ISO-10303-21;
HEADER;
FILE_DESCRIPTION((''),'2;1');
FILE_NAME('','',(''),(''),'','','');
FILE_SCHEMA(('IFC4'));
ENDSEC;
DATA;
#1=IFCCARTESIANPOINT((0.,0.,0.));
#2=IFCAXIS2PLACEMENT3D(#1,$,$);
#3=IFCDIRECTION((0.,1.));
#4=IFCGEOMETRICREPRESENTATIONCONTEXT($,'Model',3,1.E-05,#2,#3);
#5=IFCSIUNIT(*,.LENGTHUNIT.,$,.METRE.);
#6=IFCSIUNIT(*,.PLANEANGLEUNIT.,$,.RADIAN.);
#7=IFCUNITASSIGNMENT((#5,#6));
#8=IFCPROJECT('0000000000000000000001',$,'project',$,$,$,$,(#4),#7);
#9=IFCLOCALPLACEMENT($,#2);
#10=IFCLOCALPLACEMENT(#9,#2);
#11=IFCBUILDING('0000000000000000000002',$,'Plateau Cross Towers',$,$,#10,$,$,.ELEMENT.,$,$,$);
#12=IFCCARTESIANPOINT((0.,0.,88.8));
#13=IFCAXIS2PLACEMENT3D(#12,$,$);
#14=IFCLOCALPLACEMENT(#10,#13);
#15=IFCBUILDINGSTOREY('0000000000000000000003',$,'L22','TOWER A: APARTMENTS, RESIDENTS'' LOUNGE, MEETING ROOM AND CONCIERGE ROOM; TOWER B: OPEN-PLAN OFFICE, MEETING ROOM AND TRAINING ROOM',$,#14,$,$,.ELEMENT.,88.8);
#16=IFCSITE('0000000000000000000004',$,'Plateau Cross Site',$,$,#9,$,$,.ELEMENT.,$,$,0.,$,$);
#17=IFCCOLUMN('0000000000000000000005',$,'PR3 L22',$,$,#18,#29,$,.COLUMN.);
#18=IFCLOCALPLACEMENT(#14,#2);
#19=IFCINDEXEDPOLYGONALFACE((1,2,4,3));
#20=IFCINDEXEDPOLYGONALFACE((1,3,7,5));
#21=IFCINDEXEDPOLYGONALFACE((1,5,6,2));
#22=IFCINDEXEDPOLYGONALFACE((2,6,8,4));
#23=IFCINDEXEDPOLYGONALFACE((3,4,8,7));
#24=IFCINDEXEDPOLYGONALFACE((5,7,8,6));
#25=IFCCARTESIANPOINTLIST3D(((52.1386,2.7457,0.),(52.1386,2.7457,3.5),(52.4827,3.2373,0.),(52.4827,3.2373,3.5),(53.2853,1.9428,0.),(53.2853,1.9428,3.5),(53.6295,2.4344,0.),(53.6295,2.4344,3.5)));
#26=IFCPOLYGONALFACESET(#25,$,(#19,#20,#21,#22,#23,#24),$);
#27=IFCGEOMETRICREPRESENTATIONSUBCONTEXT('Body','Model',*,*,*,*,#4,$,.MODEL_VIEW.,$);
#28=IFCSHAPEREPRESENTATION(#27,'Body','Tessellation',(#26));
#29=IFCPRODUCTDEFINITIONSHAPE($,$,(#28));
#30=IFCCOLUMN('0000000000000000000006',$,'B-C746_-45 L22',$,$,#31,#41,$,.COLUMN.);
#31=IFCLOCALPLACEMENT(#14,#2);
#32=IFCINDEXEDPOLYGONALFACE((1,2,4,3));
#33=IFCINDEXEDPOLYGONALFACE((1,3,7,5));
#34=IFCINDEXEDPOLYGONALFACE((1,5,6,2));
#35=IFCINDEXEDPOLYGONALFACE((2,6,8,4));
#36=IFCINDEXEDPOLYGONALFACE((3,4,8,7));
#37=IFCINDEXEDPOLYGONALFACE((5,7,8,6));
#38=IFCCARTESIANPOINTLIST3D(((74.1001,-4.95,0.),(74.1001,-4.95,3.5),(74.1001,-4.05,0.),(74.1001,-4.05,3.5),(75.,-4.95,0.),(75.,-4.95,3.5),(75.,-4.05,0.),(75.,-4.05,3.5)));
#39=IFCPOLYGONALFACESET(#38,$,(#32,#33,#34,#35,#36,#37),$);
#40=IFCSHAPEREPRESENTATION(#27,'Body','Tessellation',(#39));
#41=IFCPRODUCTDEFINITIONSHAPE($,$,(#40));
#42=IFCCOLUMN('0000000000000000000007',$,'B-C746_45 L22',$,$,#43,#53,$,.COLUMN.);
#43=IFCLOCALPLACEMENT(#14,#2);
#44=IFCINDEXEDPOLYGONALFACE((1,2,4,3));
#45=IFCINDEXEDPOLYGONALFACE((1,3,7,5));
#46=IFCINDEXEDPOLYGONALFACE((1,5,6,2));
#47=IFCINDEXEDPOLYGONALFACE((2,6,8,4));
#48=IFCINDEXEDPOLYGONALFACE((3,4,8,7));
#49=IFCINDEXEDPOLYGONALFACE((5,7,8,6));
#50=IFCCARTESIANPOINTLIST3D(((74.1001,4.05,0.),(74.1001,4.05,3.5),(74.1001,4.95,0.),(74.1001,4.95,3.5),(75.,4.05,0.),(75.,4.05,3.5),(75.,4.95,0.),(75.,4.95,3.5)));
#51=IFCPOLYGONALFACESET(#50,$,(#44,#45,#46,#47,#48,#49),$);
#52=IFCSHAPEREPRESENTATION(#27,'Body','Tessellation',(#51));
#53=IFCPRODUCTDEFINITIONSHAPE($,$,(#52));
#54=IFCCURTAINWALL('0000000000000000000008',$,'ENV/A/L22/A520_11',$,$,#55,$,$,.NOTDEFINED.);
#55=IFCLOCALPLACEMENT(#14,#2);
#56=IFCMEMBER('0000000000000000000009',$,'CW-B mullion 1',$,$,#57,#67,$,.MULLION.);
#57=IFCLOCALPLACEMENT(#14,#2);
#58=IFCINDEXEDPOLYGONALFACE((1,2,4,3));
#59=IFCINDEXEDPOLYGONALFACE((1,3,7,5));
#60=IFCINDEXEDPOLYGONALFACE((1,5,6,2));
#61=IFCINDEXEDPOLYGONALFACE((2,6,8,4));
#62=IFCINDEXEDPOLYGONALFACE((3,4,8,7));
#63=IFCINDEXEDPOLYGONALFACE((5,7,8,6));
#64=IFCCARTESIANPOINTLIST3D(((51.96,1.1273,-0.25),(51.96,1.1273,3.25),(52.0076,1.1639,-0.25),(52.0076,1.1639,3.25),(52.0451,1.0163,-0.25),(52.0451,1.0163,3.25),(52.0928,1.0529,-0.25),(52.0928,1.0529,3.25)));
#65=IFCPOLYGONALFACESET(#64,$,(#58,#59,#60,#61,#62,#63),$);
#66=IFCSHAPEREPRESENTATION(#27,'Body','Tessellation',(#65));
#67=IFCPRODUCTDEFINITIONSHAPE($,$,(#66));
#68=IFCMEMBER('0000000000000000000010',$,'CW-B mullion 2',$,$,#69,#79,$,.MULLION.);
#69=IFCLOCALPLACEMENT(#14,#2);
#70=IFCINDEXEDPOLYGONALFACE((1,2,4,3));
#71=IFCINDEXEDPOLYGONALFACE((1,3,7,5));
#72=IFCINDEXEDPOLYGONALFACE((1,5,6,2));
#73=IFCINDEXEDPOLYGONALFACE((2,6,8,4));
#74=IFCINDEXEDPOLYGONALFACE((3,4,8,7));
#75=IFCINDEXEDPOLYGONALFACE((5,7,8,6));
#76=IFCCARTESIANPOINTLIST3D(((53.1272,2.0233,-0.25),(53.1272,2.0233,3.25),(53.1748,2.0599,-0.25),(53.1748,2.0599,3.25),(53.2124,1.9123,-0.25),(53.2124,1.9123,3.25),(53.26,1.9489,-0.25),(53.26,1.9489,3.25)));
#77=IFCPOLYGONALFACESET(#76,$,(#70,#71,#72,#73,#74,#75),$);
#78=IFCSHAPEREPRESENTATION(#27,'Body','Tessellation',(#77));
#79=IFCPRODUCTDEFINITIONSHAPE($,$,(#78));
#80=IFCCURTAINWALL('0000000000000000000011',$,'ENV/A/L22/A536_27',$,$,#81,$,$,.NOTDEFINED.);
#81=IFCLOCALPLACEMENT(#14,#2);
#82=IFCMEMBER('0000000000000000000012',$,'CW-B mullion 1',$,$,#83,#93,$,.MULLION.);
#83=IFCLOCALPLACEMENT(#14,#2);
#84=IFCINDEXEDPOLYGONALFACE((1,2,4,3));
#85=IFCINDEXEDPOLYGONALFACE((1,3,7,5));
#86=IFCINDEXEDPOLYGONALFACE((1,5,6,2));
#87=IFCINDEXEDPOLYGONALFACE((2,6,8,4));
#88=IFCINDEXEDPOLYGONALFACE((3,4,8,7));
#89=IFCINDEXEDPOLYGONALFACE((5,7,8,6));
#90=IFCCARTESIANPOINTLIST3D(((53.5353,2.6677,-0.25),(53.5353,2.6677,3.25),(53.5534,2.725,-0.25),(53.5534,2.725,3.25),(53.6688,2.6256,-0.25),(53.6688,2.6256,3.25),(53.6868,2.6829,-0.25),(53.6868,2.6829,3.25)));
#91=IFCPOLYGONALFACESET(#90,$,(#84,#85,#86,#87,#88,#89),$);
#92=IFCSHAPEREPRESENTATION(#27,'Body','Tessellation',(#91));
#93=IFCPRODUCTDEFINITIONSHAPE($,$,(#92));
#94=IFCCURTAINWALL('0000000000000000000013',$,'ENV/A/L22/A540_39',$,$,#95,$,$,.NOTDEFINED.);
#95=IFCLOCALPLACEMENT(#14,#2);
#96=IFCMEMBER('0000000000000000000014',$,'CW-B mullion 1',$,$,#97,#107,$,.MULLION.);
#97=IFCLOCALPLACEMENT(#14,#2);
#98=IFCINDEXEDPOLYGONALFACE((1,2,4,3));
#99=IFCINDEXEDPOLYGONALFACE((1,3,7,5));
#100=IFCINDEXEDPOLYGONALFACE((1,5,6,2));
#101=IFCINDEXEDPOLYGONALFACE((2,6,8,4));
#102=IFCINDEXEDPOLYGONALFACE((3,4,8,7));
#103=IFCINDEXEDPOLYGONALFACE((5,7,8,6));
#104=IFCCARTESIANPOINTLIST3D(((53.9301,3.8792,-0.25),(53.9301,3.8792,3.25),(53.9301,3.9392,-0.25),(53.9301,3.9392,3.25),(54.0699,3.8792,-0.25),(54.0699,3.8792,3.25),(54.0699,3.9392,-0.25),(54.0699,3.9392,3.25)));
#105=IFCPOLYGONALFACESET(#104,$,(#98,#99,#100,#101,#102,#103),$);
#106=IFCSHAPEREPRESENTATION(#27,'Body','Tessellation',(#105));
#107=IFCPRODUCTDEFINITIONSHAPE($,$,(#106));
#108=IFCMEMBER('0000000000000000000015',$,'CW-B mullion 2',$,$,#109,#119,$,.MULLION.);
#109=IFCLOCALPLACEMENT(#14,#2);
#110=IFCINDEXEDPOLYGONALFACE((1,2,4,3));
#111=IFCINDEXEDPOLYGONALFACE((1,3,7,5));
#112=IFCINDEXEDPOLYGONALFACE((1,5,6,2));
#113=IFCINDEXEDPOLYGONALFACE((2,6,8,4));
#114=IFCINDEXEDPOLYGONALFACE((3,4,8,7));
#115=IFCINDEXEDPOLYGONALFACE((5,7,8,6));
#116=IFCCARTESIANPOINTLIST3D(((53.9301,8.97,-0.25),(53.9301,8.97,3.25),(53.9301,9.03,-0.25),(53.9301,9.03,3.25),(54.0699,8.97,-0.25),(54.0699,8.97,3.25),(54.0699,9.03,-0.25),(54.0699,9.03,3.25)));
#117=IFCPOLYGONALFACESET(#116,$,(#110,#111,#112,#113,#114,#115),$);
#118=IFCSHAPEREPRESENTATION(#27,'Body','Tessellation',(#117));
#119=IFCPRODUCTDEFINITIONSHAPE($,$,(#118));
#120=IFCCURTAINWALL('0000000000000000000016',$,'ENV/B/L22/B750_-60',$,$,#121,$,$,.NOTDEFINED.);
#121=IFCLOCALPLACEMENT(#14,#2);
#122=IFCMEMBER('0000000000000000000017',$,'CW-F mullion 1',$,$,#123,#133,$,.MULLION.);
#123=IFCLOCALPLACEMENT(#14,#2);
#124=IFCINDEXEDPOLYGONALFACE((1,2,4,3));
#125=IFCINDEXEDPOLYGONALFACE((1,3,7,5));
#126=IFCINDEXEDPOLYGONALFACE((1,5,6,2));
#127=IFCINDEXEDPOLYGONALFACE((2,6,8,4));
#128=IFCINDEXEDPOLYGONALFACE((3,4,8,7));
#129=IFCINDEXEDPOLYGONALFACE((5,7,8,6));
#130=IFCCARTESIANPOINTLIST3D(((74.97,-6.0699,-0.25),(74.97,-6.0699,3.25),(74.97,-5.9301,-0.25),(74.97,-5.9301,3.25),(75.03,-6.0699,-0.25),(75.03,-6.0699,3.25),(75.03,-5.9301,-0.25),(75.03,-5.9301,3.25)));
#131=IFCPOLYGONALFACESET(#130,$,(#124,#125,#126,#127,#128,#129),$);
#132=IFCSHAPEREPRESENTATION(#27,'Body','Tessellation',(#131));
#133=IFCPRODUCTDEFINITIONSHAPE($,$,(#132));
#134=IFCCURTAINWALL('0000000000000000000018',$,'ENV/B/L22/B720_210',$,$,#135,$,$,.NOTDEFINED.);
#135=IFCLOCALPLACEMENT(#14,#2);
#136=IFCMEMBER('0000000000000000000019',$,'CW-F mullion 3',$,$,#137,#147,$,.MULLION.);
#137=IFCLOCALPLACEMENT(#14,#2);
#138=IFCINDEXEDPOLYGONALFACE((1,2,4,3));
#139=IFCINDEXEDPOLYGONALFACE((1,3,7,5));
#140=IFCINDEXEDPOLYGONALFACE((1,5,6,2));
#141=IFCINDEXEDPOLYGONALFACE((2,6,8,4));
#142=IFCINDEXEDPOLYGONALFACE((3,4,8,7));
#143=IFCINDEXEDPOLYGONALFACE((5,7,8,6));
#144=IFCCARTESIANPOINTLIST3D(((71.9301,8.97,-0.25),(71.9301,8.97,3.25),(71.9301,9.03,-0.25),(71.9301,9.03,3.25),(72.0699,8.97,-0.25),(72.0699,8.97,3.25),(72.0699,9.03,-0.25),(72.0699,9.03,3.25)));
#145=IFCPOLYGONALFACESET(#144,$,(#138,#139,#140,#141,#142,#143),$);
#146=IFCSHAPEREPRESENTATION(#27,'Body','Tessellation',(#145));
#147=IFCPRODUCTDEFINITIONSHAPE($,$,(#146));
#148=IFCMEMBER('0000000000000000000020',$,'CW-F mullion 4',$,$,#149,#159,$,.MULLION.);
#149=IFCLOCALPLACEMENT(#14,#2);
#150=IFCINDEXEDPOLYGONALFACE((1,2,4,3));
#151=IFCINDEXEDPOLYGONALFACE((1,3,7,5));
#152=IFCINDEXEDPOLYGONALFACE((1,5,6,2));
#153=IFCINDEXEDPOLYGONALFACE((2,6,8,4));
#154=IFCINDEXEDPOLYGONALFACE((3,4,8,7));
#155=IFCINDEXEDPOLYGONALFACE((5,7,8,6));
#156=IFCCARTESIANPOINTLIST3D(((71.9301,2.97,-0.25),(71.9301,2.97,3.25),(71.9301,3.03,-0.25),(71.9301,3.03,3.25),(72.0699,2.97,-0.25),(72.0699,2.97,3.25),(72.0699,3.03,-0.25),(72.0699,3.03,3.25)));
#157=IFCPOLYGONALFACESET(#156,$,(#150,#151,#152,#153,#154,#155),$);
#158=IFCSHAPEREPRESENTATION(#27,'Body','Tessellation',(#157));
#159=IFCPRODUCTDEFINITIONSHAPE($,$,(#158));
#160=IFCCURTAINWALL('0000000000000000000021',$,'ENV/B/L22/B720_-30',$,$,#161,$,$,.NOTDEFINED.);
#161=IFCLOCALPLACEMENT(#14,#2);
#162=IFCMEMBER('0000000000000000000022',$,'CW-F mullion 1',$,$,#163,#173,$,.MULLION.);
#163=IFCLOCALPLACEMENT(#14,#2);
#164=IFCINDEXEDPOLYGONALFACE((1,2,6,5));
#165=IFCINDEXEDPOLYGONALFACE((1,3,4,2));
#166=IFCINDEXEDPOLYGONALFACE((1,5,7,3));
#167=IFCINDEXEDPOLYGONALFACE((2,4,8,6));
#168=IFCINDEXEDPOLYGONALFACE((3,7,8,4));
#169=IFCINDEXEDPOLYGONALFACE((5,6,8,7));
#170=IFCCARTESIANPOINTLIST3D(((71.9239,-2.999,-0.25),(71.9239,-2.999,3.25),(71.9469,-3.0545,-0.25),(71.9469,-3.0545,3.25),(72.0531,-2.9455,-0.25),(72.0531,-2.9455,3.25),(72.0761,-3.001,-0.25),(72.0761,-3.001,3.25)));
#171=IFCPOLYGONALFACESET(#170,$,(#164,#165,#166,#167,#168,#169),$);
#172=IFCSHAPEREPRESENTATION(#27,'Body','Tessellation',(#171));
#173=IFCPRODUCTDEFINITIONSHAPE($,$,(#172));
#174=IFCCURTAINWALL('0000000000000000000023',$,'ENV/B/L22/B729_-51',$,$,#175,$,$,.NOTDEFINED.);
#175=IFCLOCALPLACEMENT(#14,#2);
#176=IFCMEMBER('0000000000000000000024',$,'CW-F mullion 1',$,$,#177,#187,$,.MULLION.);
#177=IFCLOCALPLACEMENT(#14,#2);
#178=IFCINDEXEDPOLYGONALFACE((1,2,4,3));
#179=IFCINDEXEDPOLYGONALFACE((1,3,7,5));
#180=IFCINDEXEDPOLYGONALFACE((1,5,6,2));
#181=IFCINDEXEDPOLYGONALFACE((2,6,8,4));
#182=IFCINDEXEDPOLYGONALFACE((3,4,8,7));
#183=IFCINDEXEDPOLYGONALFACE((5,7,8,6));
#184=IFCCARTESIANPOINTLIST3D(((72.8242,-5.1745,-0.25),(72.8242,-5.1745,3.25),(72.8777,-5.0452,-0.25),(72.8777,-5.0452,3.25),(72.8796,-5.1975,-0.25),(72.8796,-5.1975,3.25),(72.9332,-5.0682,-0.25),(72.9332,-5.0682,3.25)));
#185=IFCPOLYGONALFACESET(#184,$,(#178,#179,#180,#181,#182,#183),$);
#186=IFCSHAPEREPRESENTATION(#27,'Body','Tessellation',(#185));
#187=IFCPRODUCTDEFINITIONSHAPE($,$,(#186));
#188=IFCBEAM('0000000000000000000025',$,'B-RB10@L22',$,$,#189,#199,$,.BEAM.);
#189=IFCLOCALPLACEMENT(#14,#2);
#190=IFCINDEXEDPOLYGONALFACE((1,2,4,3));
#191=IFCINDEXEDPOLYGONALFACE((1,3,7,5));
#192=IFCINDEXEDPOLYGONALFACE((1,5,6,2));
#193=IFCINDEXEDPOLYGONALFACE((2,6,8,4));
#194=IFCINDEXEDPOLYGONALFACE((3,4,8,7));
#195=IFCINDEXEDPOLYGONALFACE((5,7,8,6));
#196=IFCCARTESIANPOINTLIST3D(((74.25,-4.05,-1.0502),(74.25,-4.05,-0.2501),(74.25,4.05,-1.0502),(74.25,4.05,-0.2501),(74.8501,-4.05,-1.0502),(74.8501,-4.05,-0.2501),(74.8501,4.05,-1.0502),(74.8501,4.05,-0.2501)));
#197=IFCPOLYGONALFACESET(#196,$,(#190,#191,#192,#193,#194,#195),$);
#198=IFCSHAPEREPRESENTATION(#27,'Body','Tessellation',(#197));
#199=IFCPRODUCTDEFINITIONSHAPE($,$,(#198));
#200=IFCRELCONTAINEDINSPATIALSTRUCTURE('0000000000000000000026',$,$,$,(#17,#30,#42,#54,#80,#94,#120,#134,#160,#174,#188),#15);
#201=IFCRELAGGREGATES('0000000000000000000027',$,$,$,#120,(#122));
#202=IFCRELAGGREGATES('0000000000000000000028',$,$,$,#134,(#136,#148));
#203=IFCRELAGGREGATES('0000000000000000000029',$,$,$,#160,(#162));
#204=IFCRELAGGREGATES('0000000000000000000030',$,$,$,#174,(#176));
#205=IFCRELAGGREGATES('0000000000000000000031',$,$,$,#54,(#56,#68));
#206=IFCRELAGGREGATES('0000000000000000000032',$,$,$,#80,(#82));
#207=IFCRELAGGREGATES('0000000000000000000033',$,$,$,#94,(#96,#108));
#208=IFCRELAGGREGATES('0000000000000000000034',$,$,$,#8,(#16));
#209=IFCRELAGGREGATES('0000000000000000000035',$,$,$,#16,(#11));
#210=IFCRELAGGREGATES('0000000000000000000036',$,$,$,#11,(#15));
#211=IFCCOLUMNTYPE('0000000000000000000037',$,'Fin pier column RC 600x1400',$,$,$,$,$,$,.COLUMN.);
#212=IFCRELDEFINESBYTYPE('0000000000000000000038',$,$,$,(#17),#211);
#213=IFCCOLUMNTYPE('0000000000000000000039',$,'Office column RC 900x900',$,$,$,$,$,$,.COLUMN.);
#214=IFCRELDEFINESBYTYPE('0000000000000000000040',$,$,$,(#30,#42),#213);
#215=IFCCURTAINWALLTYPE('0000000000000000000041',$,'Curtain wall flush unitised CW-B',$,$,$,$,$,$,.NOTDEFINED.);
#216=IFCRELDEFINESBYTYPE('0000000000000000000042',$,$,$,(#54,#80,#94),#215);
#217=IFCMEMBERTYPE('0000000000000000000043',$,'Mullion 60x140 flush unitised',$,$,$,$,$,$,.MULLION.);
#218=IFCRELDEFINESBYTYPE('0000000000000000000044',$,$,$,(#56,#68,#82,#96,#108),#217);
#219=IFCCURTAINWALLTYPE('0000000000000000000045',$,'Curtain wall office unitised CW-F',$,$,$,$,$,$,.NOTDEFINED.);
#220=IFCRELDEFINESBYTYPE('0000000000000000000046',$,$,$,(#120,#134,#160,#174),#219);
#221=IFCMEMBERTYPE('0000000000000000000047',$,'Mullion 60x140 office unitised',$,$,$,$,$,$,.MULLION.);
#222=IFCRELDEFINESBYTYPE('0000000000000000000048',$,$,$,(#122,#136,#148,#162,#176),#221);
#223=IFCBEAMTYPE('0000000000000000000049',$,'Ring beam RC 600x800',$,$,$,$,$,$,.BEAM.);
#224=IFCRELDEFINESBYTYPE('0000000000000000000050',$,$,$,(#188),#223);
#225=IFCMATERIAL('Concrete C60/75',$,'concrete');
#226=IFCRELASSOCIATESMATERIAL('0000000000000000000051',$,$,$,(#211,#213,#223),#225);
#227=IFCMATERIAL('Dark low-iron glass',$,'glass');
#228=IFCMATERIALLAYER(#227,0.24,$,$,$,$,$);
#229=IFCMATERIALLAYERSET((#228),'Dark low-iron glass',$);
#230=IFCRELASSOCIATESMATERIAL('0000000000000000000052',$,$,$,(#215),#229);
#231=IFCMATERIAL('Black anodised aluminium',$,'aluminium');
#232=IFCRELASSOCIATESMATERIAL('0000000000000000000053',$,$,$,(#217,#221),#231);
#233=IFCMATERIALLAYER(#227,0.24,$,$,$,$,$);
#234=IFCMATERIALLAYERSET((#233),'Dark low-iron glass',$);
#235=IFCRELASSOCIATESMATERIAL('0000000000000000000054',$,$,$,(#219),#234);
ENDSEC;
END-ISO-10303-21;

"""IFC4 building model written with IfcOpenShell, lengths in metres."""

from ifc_helpers import new_model, si_unit, direction, frame, origin, origin_2d, place, context, subcontext, project, spatial, rectangle, extrude, material, layer, layer_set, material_profile, profile_set, type_object, element, aggregate, save


model = new_model("IFC4")

# Units and contexts
model_context = context("Model", 3, precision=1e-05, world=origin(), true_north=direction((0.0, 1.0)))
body_context = subcontext(model_context, "Body", "Model", "MODEL_VIEW")
ifc_project = project(units=[si_unit("LENGTHUNIT", "METRE"), si_unit("PLANEANGLEUNIT", "RADIAN")], contexts=[model_context])

# Site, building, storey
site_placement = place(None, origin())
site = spatial("IfcSite", under=ifc_project, at=site_placement, Name="Plateau Cross Site", CompositionType="ELEMENT", RefElevation=0.0)
building_placement = place(site_placement, origin())
building = spatial("IfcBuilding", under=site, at=building_placement, Name="Plateau Cross Towers", CompositionType="ELEMENT")
storey_placement = place(building_placement, frame((0.0, 0.0, 88.8)))
storey = spatial("IfcBuildingStorey", under=building, at=storey_placement, Name="L22", Description="TOWER A: APARTMENTS, RESIDENTS' LOUNGE, MEETING ROOM AND CONCIERGE ROOM; TOWER B: OPEN-PLAN OFFICE, MEETING ROOM AND TRAINING ROOM", CompositionType="ELEMENT", Elevation=88.8)

# Columns
ifc_material_1 = material(Name="Concrete C60/75", Category="concrete")
ifc_material_profile_1 = material_profile(ifc_material_1, rectangle(XDim=0.6001, YDim=1.3999, at=origin_2d()), Name="RC 600x1400")
ifc_profile_set_1 = profile_set([ifc_material_profile_1], Name="Concrete C60/75")
column_type_1 = type_object("IfcColumnType", Name="Fin pier column RC 600x1400", PredefinedType="COLUMN", material=ifc_profile_set_1)
column_placement = place(storey_placement, frame((52.884, 2.5901, 0.0), z_axis=(0.0, 0.0, 1.0), x_axis=(0.573543, 0.819176, 0.0)))
element("IfcColumn", 1, at=column_placement, inside=storey, type_object=column_type_1, Name="PR3 L22", PredefinedType="COLUMN", context=body_context, shape_type="SweptSolid", body=[
    extrude(rectangle(XDim=0.6001, YDim=1.3999, at=origin_2d()), origin(), (0.0, 0.0, 1.0), 3.5),
])
ifc_material_profile_2 = material_profile(ifc_material_1, rectangle(XDim=0.8999, YDim=0.8999, at=origin_2d()), Name="RC 900x900")
ifc_profile_set_2 = profile_set([ifc_material_profile_2], Name="Concrete C60/75")
column_type_2 = type_object("IfcColumnType", Name="Office column RC 900x900", PredefinedType="COLUMN", material=ifc_profile_set_2)
for number, where, z_axis, x_axis, name in (
    (2, (74.55, -4.5, 0.0), (0.0, 0.0, 1.0), (1.0, 0.0, 0.0), "B-C746_-45 L22"),
    (3, (74.55, 4.5, 0.0), (0.0, 0.0, 1.0), (1.0, 0.0, 0.0), "B-C746_45 L22"),
):
    element("IfcColumn", number, at=place(storey_placement, frame(where, z_axis=z_axis, x_axis=x_axis)), inside=storey, type_object=column_type_2, Name=name, PredefinedType="COLUMN", context=body_context, shape_type="SweptSolid", body=[
        extrude(rectangle(XDim=0.8999, YDim=0.8999, at=origin_2d()), origin(), (0.0, 0.0, 1.0), 3.5),
    ])

# Curtain wall, members
ifc_material_2 = material(Name="Dark low-iron glass", Category="glass")
ifc_layer_1 = layer(ifc_material_2, 0.24)
ifc_layer_set_1 = layer_set([ifc_layer_1], Name="Dark low-iron glass")
curtain_wall_type_1 = type_object("IfcCurtainWallType", Name="Curtain wall flush unitised CW-B", PredefinedType="NOTDEFINED", material=ifc_layer_set_1)
curtain_wall_1_placement = place(storey_placement, origin())
curtain_wall_1 = element("IfcCurtainWall", 4, at=curtain_wall_1_placement, inside=storey, type_object=curtain_wall_type_1, Name="ENV/A/L22/A520_11", PredefinedType="NOTDEFINED")
ifc_material_3 = material(Name="Black anodised aluminium", Category="aluminium")
ifc_material_profile_3 = material_profile(ifc_material_3, rectangle(XDim=0.0601, YDim=0.1399, at=origin_2d()), Name="MULLION 60x140")
ifc_profile_set_3 = profile_set([ifc_material_profile_3], Name="Black anodised aluminium")
member_type_1 = type_object("IfcMemberType", Name="Mullion 60x140 flush unitised", PredefinedType="MULLION", material=ifc_profile_set_3)
member_1_placement = place(storey_placement, frame((52.0264, 1.0901, -0.25), z_axis=(0.0, 0.0, 1.0), x_axis=(0.793316, 0.608811, 0.0)))
member_1 = element("IfcMember", 5, at=member_1_placement, type_object=member_type_1, Name="CW-B mullion 1", PredefinedType="MULLION", context=body_context, shape_type="SweptSolid", body=[
    extrude(rectangle(XDim=0.0601, YDim=0.1399, at=origin_2d()), origin(), (0.0, 0.0, 1.0), 3.5),
])
member_2_placement = place(storey_placement, frame((53.1936, 1.9861, -0.25), z_axis=(0.0, 0.0, 1.0), x_axis=(0.793316, 0.608811, 0.0)))
member_2 = element("IfcMember", 6, at=member_2_placement, type_object=member_type_1, Name="CW-B mullion 2", PredefinedType="MULLION", context=body_context, shape_type="SweptSolid", body=[
    extrude(rectangle(XDim=0.0601, YDim=0.1399, at=origin_2d()), origin(), (0.0, 0.0, 1.0), 3.5),
])

# Curtain wall, member
curtain_wall_2_placement = place(storey_placement, origin())
curtain_wall_2 = element("IfcCurtainWall", 7, at=curtain_wall_2_placement, inside=storey, type_object=curtain_wall_type_1, Name="ENV/A/L22/A536_27", PredefinedType="NOTDEFINED")
member_3_placement = place(storey_placement, frame((53.6111, 2.6753, -0.25), z_axis=(0.0, 0.0, 1.0), x_axis=(0.300686, 0.953723, 0.0)))
member_3 = element("IfcMember", 8, at=member_3_placement, type_object=member_type_1, Name="CW-B mullion 1", PredefinedType="MULLION", context=body_context, shape_type="SweptSolid", body=[
    extrude(rectangle(XDim=0.0601, YDim=0.1399, at=origin_2d()), origin(), (0.0, 0.0, 1.0), 3.5),
])

# Curtain wall, members
curtain_wall_3_placement = place(storey_placement, origin())
curtain_wall_3 = element("IfcCurtainWall", 9, at=curtain_wall_3_placement, inside=storey, type_object=curtain_wall_type_1, Name="ENV/A/L22/A540_39", PredefinedType="NOTDEFINED")
member_4_placement = place(storey_placement, frame((54.0, 3.9092, -0.25), z_axis=(0.0, 0.0, 1.0), x_axis=(0.0, 1.0, 0.0)))
member_4 = element("IfcMember", 10, at=member_4_placement, type_object=member_type_1, Name="CW-B mullion 1", PredefinedType="MULLION", context=body_context, shape_type="SweptSolid", body=[
    extrude(rectangle(XDim=0.0601, YDim=0.1399, at=origin_2d()), origin(), (0.0, 0.0, 1.0), 3.5),
])
member_5_placement = place(storey_placement, frame((54.0, 9.0, -0.25), z_axis=(0.0, 0.0, 1.0), x_axis=(0.0, 1.0, 0.0)))
member_5 = element("IfcMember", 11, at=member_5_placement, type_object=member_type_1, Name="CW-B mullion 2", PredefinedType="MULLION", context=body_context, shape_type="SweptSolid", body=[
    extrude(rectangle(XDim=0.0601, YDim=0.1399, at=origin_2d()), origin(), (0.0, 0.0, 1.0), 3.5),
])

# Curtain wall, member
ifc_layer_2 = layer(ifc_material_2, 0.24)
ifc_layer_set_2 = layer_set([ifc_layer_2], Name="Dark low-iron glass")
curtain_wall_type_2 = type_object("IfcCurtainWallType", Name="Curtain wall office unitised CW-F", PredefinedType="NOTDEFINED", material=ifc_layer_set_2)
curtain_wall_4_placement = place(storey_placement, origin())
curtain_wall_4 = element("IfcCurtainWall", 12, at=curtain_wall_4_placement, inside=storey, type_object=curtain_wall_type_2, Name="ENV/B/L22/B750_-60", PredefinedType="NOTDEFINED")
ifc_material_profile_4 = material_profile(ifc_material_3, rectangle(XDim=0.0601, YDim=0.1399, at=origin_2d()), Name="MULLION 60x140")
ifc_profile_set_4 = profile_set([ifc_material_profile_4], Name="Black anodised aluminium")
member_type_2 = type_object("IfcMemberType", Name="Mullion 60x140 office unitised", PredefinedType="MULLION", material=ifc_profile_set_4)
member_6_placement = place(storey_placement, frame((75.0, -6.0, -0.25), z_axis=(0.0, 0.0, 1.0), x_axis=(1.0, 0.0, 0.0)))
member_6 = element("IfcMember", 13, at=member_6_placement, type_object=member_type_2, Name="CW-F mullion 1", PredefinedType="MULLION", context=body_context, shape_type="SweptSolid", body=[
    extrude(rectangle(XDim=0.0601, YDim=0.1399, at=origin_2d()), origin(), (0.0, 0.0, 1.0), 3.5),
])

# Curtain wall, members
curtain_wall_5_placement = place(storey_placement, origin())
curtain_wall_5 = element("IfcCurtainWall", 14, at=curtain_wall_5_placement, inside=storey, type_object=curtain_wall_type_2, Name="ENV/B/L22/B720_210", PredefinedType="NOTDEFINED")
member_7_placement = place(storey_placement, frame((72.0, 9.0, -0.25), z_axis=(0.0, 0.0, 1.0), x_axis=(0.0, -1.0, 0.0)))
member_7 = element("IfcMember", 15, at=member_7_placement, type_object=member_type_2, Name="CW-F mullion 3", PredefinedType="MULLION", context=body_context, shape_type="SweptSolid", body=[
    extrude(rectangle(XDim=0.0601, YDim=0.1399, at=origin_2d()), origin(), (0.0, 0.0, 1.0), 3.5),
])
member_8_placement = place(storey_placement, frame((72.0, 3.0, -0.25), z_axis=(0.0, 0.0, 1.0), x_axis=(0.0, -1.0, 0.0)))
member_8 = element("IfcMember", 16, at=member_8_placement, type_object=member_type_2, Name="CW-F mullion 4", PredefinedType="MULLION", context=body_context, shape_type="SweptSolid", body=[
    extrude(rectangle(XDim=0.0601, YDim=0.1399, at=origin_2d()), origin(), (0.0, 0.0, 1.0), 3.5),
])

# Curtain walls, members
curtain_wall_6_placement = place(storey_placement, origin())
curtain_wall_6 = element("IfcCurtainWall", 17, at=curtain_wall_6_placement, inside=storey, type_object=curtain_wall_type_2, Name="ENV/B/L22/B720_-30", PredefinedType="NOTDEFINED")
member_9_placement = place(storey_placement, frame((72.0, -3.0, -0.25), z_axis=(0.0, 0.0, 1.0), x_axis=(0.382684, -0.923879, 0.0)))
member_9 = element("IfcMember", 18, at=member_9_placement, type_object=member_type_2, Name="CW-F mullion 1", PredefinedType="MULLION", context=body_context, shape_type="SweptSolid", body=[
    extrude(rectangle(XDim=0.0601, YDim=0.1399, at=origin_2d()), origin(), (0.0, 0.0, 1.0), 3.5),
])
curtain_wall_7_placement = place(storey_placement, origin())
curtain_wall_7 = element("IfcCurtainWall", 19, at=curtain_wall_7_placement, inside=storey, type_object=curtain_wall_type_2, Name="ENV/B/L22/B729_-51", PredefinedType="NOTDEFINED")
member_10_placement = place(storey_placement, frame((72.8787, -5.1213, -0.25), z_axis=(0.0, 0.0, 1.0), x_axis=(0.923879, -0.382684, 0.0)))
member_10 = element("IfcMember", 20, at=member_10_placement, type_object=member_type_2, Name="CW-F mullion 1", PredefinedType="MULLION", context=body_context, shape_type="SweptSolid", body=[
    extrude(rectangle(XDim=0.0601, YDim=0.1399, at=origin_2d()), origin(), (0.0, 0.0, 1.0), 3.5),
])

# Beam
ifc_material_profile_5 = material_profile(ifc_material_1, rectangle(XDim=0.6001, YDim=0.8, at=origin_2d()), Name="RC 600x800")
ifc_profile_set_5 = profile_set([ifc_material_profile_5], Name="Concrete C60/75")
beam_type = type_object("IfcBeamType", Name="Ring beam RC 600x800", PredefinedType="BEAM", material=ifc_profile_set_5)
beam_placement = place(storey_placement, frame((74.55, 4.05, -0.6501), z_axis=(0.0, -1.0, 0.0), x_axis=(1.0, 0.0, 0.0)))
element("IfcBeam", 21, at=beam_placement, inside=storey, type_object=beam_type, Name="B-RB10@L22", PredefinedType="BEAM", context=body_context, shape_type="SweptSolid", body=[
    extrude(rectangle(XDim=0.6001, YDim=0.8, at=origin_2d()), origin(), (0.0, 0.0, 1.0), 8.1001),
])

aggregate(curtain_wall_4, [member_6])

aggregate(curtain_wall_5, [member_7, member_8])
aggregate(curtain_wall_6, [member_9])
aggregate(curtain_wall_7, [member_10])

aggregate(curtain_wall_1, [member_1, member_2])
aggregate(curtain_wall_2, [member_3])
aggregate(curtain_wall_3, [member_4, member_5])

save(model, "model.ifc")
